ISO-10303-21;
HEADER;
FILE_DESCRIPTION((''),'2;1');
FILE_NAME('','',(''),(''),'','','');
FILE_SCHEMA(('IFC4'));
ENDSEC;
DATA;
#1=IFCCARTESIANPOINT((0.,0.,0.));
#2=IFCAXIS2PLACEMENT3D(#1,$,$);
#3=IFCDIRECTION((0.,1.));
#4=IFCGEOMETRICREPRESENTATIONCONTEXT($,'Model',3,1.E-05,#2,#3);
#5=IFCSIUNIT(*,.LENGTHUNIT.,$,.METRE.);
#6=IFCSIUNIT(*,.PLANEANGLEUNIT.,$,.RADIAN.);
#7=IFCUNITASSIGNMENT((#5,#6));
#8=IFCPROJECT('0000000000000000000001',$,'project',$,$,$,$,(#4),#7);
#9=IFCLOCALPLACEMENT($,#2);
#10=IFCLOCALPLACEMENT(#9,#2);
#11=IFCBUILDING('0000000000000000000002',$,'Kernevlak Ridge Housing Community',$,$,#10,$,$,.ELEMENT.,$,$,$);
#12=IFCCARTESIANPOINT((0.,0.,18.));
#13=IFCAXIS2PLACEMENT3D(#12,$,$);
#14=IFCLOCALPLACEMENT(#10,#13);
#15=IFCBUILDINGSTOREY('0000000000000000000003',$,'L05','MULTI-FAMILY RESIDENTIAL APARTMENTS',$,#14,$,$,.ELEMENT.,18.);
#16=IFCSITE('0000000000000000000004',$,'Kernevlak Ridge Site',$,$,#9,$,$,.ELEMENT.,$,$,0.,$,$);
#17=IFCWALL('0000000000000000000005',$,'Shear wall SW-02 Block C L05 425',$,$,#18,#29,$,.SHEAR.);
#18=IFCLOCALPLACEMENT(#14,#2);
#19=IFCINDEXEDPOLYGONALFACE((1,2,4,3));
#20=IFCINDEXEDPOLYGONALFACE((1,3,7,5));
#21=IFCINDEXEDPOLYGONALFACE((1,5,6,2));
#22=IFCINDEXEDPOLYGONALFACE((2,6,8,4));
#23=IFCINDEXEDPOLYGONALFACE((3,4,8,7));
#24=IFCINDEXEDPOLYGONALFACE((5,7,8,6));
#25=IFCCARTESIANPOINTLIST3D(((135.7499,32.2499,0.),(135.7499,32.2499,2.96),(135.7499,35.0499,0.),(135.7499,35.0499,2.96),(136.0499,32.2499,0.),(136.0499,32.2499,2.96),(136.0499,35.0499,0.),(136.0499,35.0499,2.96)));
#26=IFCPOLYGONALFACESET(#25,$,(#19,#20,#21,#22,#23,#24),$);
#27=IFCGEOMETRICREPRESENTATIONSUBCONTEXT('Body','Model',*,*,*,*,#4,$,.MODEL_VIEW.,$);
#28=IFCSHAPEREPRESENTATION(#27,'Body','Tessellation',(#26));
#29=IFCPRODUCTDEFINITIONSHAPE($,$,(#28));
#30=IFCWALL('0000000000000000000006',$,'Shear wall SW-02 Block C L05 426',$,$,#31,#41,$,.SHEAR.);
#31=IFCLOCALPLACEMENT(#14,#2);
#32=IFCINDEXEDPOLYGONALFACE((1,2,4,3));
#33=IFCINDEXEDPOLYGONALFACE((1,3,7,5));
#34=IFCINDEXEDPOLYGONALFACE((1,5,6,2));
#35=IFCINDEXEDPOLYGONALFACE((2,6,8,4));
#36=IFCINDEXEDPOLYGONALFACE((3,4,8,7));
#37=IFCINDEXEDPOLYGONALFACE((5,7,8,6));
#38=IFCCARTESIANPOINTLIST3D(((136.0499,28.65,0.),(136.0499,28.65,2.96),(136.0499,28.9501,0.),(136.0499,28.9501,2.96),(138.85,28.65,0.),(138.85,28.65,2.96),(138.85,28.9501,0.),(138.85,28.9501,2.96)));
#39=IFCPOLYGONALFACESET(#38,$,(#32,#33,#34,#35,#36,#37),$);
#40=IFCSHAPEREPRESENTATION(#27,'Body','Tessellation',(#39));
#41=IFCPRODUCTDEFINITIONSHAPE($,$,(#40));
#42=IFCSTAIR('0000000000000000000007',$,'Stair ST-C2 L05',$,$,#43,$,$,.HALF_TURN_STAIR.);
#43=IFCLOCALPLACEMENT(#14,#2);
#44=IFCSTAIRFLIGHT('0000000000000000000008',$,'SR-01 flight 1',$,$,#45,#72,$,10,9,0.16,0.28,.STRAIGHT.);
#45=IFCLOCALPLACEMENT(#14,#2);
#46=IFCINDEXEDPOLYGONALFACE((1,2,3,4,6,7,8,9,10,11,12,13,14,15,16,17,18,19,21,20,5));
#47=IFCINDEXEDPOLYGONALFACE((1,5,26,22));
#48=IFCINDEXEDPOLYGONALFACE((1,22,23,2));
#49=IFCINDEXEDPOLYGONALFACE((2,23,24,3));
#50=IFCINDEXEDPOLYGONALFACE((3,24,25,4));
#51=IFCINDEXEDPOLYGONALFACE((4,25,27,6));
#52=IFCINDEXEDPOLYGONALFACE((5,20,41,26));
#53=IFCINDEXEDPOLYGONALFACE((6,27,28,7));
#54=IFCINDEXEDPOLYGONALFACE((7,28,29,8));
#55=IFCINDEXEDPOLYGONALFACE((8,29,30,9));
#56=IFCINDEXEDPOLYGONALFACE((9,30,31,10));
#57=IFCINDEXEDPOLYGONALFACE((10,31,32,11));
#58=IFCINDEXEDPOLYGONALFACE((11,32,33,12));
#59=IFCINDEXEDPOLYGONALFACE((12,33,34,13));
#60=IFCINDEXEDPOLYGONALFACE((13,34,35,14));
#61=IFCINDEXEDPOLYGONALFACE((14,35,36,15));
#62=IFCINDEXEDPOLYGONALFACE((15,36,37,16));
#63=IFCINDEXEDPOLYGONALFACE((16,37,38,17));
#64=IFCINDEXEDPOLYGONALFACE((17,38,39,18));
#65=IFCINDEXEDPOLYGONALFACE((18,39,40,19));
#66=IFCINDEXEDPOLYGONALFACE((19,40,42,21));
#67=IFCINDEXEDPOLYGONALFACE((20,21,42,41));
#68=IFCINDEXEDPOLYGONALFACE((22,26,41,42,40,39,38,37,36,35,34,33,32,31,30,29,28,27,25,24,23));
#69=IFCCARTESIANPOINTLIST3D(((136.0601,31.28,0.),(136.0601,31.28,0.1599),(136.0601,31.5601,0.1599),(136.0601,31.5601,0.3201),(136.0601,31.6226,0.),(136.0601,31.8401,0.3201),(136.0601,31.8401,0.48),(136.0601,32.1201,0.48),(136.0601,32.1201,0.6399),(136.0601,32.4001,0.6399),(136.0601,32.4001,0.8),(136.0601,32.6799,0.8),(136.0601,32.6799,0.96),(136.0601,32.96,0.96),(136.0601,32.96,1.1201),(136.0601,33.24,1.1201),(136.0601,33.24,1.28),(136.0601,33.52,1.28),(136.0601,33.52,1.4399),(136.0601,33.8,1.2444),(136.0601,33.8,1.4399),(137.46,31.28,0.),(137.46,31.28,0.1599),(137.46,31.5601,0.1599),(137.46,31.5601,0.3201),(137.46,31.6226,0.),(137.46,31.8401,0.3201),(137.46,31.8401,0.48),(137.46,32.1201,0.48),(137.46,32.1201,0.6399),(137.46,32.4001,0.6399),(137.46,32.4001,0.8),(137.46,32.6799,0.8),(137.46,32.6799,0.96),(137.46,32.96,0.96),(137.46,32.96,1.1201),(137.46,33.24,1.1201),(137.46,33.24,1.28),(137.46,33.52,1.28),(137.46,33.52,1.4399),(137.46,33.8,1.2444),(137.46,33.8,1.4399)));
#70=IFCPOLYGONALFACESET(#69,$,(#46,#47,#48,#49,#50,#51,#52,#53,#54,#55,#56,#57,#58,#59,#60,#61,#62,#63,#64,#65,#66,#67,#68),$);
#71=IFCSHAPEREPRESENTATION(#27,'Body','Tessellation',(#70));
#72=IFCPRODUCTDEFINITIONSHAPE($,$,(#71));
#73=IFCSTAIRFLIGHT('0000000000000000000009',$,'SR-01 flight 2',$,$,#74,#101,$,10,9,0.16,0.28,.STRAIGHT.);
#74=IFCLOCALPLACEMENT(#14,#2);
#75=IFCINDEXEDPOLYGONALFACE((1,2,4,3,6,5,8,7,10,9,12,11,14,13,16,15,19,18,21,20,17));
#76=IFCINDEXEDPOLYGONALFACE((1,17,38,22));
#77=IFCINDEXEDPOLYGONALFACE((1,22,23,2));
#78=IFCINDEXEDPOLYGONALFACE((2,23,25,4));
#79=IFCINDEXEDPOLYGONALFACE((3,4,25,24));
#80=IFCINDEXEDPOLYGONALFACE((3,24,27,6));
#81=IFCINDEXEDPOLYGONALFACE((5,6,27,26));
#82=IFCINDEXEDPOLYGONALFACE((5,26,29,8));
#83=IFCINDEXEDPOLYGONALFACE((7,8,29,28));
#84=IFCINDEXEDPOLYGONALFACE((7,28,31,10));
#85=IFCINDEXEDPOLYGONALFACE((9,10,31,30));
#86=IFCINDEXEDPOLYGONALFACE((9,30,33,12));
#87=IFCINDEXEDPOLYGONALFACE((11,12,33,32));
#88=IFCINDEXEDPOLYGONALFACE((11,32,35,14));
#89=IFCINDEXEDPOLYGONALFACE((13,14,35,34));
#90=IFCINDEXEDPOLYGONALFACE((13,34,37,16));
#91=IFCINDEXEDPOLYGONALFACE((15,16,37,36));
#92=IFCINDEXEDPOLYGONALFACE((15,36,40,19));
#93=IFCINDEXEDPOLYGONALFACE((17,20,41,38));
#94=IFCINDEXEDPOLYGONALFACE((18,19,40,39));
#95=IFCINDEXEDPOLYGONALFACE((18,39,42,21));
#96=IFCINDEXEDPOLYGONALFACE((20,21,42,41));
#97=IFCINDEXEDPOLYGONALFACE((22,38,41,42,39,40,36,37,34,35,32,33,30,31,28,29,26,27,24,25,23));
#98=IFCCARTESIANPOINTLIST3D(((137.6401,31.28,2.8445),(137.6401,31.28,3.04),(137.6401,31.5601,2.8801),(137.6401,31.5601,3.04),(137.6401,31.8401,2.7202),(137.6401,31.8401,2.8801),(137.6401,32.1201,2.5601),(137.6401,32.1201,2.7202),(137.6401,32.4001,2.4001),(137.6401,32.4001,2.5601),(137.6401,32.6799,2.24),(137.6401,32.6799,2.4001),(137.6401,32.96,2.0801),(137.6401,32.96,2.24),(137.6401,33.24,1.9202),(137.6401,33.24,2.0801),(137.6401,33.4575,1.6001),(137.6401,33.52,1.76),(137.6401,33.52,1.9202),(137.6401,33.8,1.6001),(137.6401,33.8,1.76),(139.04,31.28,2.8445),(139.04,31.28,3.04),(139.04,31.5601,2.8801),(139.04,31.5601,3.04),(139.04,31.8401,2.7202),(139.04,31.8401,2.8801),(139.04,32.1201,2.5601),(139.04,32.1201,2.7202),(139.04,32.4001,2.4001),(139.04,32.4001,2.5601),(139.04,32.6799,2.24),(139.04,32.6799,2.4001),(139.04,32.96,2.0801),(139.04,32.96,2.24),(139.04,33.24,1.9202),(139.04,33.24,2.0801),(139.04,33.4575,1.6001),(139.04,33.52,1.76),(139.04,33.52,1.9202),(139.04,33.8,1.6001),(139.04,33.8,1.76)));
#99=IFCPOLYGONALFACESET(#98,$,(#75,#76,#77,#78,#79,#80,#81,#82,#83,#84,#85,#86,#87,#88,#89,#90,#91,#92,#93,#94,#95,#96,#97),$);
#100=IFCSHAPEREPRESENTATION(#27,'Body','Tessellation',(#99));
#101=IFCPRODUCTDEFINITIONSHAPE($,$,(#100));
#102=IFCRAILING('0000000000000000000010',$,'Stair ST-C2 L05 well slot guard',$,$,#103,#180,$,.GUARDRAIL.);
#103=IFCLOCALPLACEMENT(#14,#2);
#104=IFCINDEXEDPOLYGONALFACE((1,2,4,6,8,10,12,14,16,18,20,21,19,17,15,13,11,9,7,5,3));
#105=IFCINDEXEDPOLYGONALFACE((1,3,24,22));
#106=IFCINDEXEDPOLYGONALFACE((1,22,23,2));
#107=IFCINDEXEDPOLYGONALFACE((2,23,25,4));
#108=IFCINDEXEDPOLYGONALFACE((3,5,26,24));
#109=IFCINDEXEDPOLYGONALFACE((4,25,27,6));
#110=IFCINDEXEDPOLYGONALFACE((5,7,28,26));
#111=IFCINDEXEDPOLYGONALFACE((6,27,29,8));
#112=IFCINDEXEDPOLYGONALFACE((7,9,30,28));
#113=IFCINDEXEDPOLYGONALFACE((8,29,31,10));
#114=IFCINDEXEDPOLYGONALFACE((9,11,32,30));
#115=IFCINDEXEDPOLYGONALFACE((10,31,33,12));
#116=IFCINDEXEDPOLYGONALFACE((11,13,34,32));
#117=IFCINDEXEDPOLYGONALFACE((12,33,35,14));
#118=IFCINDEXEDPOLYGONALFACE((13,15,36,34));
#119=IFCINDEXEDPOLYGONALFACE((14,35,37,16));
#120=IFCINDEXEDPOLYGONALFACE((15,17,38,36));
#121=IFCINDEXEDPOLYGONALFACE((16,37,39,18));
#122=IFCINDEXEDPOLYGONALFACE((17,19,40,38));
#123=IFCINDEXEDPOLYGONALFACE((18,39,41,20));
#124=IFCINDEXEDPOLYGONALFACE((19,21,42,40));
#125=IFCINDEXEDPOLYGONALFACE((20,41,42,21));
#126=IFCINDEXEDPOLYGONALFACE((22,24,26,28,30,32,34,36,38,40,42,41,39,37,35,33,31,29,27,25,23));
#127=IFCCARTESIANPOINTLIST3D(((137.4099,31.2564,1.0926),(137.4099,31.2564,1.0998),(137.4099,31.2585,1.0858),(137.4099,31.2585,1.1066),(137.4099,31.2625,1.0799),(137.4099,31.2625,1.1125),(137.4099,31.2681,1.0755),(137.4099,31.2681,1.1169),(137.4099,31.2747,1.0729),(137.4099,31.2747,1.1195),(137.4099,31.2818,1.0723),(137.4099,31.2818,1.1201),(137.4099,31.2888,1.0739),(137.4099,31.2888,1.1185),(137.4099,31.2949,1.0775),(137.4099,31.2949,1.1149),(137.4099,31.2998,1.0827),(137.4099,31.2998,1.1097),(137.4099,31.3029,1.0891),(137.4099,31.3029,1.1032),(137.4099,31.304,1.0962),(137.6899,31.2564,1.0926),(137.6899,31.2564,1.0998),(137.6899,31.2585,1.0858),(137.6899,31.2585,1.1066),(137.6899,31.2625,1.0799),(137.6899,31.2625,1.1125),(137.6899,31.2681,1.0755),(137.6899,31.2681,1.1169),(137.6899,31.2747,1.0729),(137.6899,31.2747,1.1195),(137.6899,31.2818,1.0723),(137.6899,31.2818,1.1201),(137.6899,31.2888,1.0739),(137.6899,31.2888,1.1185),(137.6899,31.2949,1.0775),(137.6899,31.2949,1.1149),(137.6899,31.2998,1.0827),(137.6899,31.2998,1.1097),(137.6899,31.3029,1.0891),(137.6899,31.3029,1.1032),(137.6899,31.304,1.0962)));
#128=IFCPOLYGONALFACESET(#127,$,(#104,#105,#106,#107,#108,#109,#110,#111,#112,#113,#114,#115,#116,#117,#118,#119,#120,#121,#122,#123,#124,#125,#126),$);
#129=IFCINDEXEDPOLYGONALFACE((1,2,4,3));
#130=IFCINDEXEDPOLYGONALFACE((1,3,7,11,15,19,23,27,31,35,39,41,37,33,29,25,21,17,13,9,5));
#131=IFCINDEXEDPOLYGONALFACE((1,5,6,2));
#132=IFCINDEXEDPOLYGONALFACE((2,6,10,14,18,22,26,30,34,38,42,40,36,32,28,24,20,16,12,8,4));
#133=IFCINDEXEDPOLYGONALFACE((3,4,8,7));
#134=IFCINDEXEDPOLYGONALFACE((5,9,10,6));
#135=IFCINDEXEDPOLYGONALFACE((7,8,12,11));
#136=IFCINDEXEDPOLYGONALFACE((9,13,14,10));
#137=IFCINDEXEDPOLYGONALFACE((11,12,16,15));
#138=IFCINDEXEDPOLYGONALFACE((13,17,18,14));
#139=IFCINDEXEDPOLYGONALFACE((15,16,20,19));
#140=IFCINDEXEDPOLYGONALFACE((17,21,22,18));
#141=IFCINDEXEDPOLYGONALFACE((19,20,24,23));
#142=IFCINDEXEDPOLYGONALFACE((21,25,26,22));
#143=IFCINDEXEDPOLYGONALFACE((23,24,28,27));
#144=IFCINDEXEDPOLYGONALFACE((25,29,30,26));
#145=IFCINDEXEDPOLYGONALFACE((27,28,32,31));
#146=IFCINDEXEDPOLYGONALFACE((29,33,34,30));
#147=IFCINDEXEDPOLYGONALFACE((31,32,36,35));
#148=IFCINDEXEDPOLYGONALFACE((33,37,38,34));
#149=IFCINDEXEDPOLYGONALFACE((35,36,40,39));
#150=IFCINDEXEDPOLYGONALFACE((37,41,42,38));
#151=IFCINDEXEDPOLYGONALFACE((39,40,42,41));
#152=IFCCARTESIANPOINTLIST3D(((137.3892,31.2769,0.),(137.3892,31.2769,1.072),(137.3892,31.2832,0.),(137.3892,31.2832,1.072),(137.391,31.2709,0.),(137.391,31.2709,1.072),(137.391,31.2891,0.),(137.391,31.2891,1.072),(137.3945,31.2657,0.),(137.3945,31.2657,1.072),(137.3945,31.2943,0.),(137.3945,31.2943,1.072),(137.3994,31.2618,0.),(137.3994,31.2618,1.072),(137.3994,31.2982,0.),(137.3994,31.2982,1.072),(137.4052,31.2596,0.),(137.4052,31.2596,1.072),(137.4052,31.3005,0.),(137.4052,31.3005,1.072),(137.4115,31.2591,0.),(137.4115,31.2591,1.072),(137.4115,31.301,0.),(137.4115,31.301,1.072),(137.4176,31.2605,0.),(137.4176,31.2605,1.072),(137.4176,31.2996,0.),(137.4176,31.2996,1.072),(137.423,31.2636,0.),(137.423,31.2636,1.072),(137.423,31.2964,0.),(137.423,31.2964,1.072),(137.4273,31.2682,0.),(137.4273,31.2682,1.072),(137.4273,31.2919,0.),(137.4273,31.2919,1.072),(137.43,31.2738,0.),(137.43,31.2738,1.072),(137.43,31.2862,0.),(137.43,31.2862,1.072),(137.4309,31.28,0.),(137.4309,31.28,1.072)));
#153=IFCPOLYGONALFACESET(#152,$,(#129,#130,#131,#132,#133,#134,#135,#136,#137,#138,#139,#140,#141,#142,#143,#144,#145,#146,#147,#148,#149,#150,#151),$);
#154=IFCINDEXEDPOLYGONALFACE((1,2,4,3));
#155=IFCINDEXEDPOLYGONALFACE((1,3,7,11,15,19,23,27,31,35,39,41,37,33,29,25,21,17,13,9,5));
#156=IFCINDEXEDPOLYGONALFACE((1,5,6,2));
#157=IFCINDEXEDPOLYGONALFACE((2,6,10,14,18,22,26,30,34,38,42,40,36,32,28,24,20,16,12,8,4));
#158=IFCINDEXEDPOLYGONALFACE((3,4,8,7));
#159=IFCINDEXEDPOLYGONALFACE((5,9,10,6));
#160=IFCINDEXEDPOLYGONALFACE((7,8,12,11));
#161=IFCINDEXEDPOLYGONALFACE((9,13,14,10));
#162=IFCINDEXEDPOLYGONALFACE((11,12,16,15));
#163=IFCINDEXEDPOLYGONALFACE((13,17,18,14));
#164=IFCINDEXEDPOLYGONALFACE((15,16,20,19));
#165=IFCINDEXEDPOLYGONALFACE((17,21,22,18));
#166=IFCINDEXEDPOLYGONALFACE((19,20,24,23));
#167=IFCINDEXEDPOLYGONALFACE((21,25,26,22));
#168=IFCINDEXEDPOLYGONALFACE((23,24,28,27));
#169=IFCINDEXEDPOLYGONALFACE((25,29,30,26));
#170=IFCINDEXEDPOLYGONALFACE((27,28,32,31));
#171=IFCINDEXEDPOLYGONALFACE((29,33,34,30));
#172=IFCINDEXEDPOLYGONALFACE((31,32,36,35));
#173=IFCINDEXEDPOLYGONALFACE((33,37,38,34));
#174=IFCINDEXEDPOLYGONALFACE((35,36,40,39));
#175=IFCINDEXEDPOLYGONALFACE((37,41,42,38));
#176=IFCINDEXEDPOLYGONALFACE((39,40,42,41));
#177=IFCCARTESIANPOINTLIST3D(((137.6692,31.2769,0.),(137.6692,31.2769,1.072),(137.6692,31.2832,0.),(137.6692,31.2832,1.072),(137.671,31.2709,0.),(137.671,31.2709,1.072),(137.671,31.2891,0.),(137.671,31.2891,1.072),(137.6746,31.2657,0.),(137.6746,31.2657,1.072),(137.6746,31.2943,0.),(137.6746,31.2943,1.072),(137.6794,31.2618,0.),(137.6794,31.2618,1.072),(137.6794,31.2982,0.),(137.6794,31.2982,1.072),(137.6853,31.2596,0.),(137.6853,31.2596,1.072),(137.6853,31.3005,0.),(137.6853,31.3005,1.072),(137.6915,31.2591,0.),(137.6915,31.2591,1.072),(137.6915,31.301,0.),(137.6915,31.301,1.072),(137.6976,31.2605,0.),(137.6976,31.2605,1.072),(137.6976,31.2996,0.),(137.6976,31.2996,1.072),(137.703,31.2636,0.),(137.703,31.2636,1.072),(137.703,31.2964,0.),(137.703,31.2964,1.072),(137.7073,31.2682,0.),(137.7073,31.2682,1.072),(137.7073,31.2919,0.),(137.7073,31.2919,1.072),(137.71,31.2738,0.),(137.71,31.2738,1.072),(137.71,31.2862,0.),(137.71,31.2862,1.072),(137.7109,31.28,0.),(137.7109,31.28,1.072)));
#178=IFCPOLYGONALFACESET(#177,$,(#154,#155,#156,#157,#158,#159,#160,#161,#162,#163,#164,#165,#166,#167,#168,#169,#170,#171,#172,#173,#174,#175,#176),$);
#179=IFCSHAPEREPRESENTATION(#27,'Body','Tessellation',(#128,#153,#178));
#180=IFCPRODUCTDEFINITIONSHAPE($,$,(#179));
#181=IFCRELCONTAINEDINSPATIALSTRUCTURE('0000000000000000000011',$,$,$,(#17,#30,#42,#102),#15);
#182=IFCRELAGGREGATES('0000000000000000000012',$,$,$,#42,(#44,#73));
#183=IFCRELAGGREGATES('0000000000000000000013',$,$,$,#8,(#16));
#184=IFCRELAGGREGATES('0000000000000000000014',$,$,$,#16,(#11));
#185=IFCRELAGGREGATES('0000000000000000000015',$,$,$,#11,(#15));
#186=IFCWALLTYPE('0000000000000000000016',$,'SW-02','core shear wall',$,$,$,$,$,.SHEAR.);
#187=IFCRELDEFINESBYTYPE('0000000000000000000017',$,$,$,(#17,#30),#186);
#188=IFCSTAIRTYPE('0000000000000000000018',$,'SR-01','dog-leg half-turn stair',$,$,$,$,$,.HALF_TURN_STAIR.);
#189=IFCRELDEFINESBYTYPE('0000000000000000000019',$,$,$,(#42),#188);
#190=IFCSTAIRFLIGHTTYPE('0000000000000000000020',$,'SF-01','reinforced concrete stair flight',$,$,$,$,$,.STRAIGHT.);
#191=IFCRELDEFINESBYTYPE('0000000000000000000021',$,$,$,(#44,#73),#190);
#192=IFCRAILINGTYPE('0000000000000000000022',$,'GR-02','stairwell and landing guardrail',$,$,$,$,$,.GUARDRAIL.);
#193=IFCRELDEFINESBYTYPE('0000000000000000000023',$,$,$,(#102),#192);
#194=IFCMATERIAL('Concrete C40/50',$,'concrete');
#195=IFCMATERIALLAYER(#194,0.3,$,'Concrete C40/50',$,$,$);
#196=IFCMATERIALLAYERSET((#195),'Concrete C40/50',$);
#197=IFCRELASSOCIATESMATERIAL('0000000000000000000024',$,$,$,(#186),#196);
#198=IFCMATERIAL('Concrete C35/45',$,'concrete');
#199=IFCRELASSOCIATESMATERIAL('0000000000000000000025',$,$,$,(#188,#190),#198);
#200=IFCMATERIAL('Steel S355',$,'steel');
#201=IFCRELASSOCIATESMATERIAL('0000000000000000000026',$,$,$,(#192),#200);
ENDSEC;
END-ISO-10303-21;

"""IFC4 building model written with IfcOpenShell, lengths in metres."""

from ifc_helpers import new_model, si_unit, direction, frame, frame_2d, origin, origin_2d, place, context, subcontext, project, spatial, polyline, rectangle, circle, outline, extrude, material, layer, layer_set, type_object, element, aggregate, save


model = new_model("IFC4")

# Units and contexts
model_context = context("Model", 3, precision=1e-05, world=origin(), true_north=direction((0.0, 1.0)))
body_context = subcontext(model_context, "Body", "Model", "MODEL_VIEW")
ifc_project = project(units=[si_unit("LENGTHUNIT", "METRE"), si_unit("PLANEANGLEUNIT", "RADIAN")], contexts=[model_context])

# Site, building, storey
site_placement = place(None, origin())
site = spatial("IfcSite", under=ifc_project, at=site_placement, Name="Kernevlak Ridge Site", CompositionType="ELEMENT", RefElevation=0.0)
building_placement = place(site_placement, origin())
building = spatial("IfcBuilding", under=site, at=building_placement, Name="Kernevlak Ridge Housing Community", CompositionType="ELEMENT")
storey_placement = place(building_placement, frame((0.0, 0.0, 18.0)))
storey = spatial("IfcBuildingStorey", under=building, at=storey_placement, Name="L05", Description="MULTI-FAMILY RESIDENTIAL APARTMENTS", CompositionType="ELEMENT", Elevation=18.0)

# Shared definitions
ifc_material_1 = material(Name="Concrete C35/45", Category="concrete")

# Walls
ifc_material_2 = material(Name="Concrete C40/50", Category="concrete")
ifc_layer_1 = layer(ifc_material_2, 0.3, Name="Concrete C40/50")
ifc_layer_set_1 = layer_set([ifc_layer_1], Name="Concrete C40/50")
wall_type_1 = type_object("IfcWallType", Name="SW-02", Description="core shear wall", PredefinedType="SHEAR", material=ifc_layer_set_1)
for number, where, z_axis, x_axis, name in (
    (1, (135.8999, 32.25, 0.0), (0.0, 0.0, 1.0), (0.0, 1.0, 0.0), "Shear wall SW-02 Block C L05 425"),
    (2, (136.05, 28.8, 0.0), (0.0, 0.0, 1.0), (1.0, 0.0, 0.0), "Shear wall SW-02 Block C L05 426"),
):
    element("IfcWall", number, at=place(storey_placement, frame(where, z_axis=z_axis, x_axis=x_axis)), inside=storey, type_object=wall_type_1, Name=name, PredefinedType="SHEAR", context=body_context, shape_type="SweptSolid", body=[
        extrude(rectangle(XDim=2.8, YDim=0.3, at=frame_2d((1.3999, 0.0))), origin(), (0.0, 0.0, 1.0), 2.96),
    ])

# Stair, stair flights
stair_type = type_object("IfcStairType", Name="SR-01", Description="dog-leg half-turn stair", PredefinedType="HALF_TURN_STAIR", material=ifc_material_1)
stair_placement = place(storey_placement, origin())
stair = element("IfcStair", 3, at=stair_placement, inside=storey, type_object=stair_type, Name="Stair ST-C2 L05", PredefinedType="HALF_TURN_STAIR")
stair_flight_type = type_object("IfcStairFlightType", Name="SF-01", Description="reinforced concrete stair flight", PredefinedType="STRAIGHT", material=ifc_material_1)
stair_flight_1_placement = place(storey_placement, frame((136.76, 31.28, 0.0), z_axis=(0.0, 0.0, 1.0), x_axis=(0.0, 1.0, 0.0)))
stair_flight_1 = element("IfcStairFlight", 4, at=stair_flight_1_placement, type_object=stair_flight_type, Name="SR-01 flight 1", NumberOfRisers=10, NumberOfTreads=9, PredefinedType="STRAIGHT", RiserHeight=0.16, TreadLength=0.28, context=body_context, shape_type="SweptSolid", body=[
    extrude(outline(polyline([(0.0, 0.0), (0.0, 0.1599), (0.28, 0.1599), (0.28, 0.3201), (0.5601, 0.3201), (0.5601, 0.48), (0.8401, 0.48), (0.8401, 0.6399), (1.1201, 0.6399), (1.1201, 0.8), (1.3999, 0.8), (1.3999, 0.96), (1.6799, 0.96), (1.6799, 1.1201), (1.96, 1.1201), (1.96, 1.28), (2.24, 1.28), (2.24, 1.4399), (2.52, 1.4399), (2.52, 1.6001), (2.52, 1.2444), (0.3425, 0.0), (0.0, 0.0)])), frame((0.0, 0.7, 0.0), z_axis=(0.0, -1.0, 0.0), x_axis=(1.0, 0.0, 0.0)), (0.0, 0.0, 1.0), 1.3999),
])
stair_flight_2_placement = place(storey_placement, frame((138.3401, 33.8, 1.6001), z_axis=(0.0, 0.0, 1.0), x_axis=(0.0, -1.0, 0.0)))
stair_flight_2 = element("IfcStairFlight", 5, at=stair_flight_2_placement, type_object=stair_flight_type, Name="SR-01 flight 2", NumberOfRisers=10, NumberOfTreads=9, PredefinedType="STRAIGHT", RiserHeight=0.16, TreadLength=0.28, context=body_context, shape_type="SweptSolid", body=[
    extrude(outline(polyline([(0.0, 0.0), (0.0, 0.1599), (0.28, 0.1599), (0.28, 0.3201), (0.5601, 0.3201), (0.5601, 0.48), (0.8401, 0.48), (0.8401, 0.6399), (1.1201, 0.6399), (1.1201, 0.8), (1.3999, 0.8), (1.3999, 0.96), (1.6799, 0.96), (1.6799, 1.1201), (1.96, 1.1201), (1.96, 1.28), (2.24, 1.28), (2.24, 1.4399), (2.52, 1.4399), (2.52, 1.6001), (2.52, 1.2444), (0.3425, 0.0), (0.0, 0.0)])), frame((0.0, 0.7, 0.0), z_axis=(0.0, -1.0, 0.0), x_axis=(1.0, 0.0, 0.0)), (0.0, 0.0, 1.0), 1.3999),
])
aggregate(stair, [stair_flight_1, stair_flight_2])

# Railing
ifc_material_3 = material(Name="Steel S355", Category="steel")
railing_type_1 = type_object("IfcRailingType", Name="GR-02", Description="stairwell and landing guardrail", PredefinedType="GUARDRAIL", material=ifc_material_3)
railing_1_placement = place(storey_placement, frame((137.4099, 31.28, 0.0)))
element("IfcRailing", 6, at=railing_1_placement, inside=storey, type_object=railing_type_1, Name="Stair ST-C2 L05 well slot guard", PredefinedType="GUARDRAIL", context=body_context, shape_type="SweptSolid", body=[
    extrude(circle(Radius=0.0239, at=origin_2d()), frame((0.0, 0.0, 1.0962), z_axis=(1.0, 0.0, 0.0), x_axis=(0.0, 1.0, 0.0)), (0.0, 0.0, 1.0), 0.28),
    extrude(circle(Radius=0.021, at=origin_2d()), origin(), (0.0, 0.0, 1.0), 1.072),
    extrude(circle(Radius=0.021, at=origin_2d()), frame((0.28, 0.0, 0.0)), (0.0, 0.0, 1.0), 1.072),
])

save(model, "model.ifc")
